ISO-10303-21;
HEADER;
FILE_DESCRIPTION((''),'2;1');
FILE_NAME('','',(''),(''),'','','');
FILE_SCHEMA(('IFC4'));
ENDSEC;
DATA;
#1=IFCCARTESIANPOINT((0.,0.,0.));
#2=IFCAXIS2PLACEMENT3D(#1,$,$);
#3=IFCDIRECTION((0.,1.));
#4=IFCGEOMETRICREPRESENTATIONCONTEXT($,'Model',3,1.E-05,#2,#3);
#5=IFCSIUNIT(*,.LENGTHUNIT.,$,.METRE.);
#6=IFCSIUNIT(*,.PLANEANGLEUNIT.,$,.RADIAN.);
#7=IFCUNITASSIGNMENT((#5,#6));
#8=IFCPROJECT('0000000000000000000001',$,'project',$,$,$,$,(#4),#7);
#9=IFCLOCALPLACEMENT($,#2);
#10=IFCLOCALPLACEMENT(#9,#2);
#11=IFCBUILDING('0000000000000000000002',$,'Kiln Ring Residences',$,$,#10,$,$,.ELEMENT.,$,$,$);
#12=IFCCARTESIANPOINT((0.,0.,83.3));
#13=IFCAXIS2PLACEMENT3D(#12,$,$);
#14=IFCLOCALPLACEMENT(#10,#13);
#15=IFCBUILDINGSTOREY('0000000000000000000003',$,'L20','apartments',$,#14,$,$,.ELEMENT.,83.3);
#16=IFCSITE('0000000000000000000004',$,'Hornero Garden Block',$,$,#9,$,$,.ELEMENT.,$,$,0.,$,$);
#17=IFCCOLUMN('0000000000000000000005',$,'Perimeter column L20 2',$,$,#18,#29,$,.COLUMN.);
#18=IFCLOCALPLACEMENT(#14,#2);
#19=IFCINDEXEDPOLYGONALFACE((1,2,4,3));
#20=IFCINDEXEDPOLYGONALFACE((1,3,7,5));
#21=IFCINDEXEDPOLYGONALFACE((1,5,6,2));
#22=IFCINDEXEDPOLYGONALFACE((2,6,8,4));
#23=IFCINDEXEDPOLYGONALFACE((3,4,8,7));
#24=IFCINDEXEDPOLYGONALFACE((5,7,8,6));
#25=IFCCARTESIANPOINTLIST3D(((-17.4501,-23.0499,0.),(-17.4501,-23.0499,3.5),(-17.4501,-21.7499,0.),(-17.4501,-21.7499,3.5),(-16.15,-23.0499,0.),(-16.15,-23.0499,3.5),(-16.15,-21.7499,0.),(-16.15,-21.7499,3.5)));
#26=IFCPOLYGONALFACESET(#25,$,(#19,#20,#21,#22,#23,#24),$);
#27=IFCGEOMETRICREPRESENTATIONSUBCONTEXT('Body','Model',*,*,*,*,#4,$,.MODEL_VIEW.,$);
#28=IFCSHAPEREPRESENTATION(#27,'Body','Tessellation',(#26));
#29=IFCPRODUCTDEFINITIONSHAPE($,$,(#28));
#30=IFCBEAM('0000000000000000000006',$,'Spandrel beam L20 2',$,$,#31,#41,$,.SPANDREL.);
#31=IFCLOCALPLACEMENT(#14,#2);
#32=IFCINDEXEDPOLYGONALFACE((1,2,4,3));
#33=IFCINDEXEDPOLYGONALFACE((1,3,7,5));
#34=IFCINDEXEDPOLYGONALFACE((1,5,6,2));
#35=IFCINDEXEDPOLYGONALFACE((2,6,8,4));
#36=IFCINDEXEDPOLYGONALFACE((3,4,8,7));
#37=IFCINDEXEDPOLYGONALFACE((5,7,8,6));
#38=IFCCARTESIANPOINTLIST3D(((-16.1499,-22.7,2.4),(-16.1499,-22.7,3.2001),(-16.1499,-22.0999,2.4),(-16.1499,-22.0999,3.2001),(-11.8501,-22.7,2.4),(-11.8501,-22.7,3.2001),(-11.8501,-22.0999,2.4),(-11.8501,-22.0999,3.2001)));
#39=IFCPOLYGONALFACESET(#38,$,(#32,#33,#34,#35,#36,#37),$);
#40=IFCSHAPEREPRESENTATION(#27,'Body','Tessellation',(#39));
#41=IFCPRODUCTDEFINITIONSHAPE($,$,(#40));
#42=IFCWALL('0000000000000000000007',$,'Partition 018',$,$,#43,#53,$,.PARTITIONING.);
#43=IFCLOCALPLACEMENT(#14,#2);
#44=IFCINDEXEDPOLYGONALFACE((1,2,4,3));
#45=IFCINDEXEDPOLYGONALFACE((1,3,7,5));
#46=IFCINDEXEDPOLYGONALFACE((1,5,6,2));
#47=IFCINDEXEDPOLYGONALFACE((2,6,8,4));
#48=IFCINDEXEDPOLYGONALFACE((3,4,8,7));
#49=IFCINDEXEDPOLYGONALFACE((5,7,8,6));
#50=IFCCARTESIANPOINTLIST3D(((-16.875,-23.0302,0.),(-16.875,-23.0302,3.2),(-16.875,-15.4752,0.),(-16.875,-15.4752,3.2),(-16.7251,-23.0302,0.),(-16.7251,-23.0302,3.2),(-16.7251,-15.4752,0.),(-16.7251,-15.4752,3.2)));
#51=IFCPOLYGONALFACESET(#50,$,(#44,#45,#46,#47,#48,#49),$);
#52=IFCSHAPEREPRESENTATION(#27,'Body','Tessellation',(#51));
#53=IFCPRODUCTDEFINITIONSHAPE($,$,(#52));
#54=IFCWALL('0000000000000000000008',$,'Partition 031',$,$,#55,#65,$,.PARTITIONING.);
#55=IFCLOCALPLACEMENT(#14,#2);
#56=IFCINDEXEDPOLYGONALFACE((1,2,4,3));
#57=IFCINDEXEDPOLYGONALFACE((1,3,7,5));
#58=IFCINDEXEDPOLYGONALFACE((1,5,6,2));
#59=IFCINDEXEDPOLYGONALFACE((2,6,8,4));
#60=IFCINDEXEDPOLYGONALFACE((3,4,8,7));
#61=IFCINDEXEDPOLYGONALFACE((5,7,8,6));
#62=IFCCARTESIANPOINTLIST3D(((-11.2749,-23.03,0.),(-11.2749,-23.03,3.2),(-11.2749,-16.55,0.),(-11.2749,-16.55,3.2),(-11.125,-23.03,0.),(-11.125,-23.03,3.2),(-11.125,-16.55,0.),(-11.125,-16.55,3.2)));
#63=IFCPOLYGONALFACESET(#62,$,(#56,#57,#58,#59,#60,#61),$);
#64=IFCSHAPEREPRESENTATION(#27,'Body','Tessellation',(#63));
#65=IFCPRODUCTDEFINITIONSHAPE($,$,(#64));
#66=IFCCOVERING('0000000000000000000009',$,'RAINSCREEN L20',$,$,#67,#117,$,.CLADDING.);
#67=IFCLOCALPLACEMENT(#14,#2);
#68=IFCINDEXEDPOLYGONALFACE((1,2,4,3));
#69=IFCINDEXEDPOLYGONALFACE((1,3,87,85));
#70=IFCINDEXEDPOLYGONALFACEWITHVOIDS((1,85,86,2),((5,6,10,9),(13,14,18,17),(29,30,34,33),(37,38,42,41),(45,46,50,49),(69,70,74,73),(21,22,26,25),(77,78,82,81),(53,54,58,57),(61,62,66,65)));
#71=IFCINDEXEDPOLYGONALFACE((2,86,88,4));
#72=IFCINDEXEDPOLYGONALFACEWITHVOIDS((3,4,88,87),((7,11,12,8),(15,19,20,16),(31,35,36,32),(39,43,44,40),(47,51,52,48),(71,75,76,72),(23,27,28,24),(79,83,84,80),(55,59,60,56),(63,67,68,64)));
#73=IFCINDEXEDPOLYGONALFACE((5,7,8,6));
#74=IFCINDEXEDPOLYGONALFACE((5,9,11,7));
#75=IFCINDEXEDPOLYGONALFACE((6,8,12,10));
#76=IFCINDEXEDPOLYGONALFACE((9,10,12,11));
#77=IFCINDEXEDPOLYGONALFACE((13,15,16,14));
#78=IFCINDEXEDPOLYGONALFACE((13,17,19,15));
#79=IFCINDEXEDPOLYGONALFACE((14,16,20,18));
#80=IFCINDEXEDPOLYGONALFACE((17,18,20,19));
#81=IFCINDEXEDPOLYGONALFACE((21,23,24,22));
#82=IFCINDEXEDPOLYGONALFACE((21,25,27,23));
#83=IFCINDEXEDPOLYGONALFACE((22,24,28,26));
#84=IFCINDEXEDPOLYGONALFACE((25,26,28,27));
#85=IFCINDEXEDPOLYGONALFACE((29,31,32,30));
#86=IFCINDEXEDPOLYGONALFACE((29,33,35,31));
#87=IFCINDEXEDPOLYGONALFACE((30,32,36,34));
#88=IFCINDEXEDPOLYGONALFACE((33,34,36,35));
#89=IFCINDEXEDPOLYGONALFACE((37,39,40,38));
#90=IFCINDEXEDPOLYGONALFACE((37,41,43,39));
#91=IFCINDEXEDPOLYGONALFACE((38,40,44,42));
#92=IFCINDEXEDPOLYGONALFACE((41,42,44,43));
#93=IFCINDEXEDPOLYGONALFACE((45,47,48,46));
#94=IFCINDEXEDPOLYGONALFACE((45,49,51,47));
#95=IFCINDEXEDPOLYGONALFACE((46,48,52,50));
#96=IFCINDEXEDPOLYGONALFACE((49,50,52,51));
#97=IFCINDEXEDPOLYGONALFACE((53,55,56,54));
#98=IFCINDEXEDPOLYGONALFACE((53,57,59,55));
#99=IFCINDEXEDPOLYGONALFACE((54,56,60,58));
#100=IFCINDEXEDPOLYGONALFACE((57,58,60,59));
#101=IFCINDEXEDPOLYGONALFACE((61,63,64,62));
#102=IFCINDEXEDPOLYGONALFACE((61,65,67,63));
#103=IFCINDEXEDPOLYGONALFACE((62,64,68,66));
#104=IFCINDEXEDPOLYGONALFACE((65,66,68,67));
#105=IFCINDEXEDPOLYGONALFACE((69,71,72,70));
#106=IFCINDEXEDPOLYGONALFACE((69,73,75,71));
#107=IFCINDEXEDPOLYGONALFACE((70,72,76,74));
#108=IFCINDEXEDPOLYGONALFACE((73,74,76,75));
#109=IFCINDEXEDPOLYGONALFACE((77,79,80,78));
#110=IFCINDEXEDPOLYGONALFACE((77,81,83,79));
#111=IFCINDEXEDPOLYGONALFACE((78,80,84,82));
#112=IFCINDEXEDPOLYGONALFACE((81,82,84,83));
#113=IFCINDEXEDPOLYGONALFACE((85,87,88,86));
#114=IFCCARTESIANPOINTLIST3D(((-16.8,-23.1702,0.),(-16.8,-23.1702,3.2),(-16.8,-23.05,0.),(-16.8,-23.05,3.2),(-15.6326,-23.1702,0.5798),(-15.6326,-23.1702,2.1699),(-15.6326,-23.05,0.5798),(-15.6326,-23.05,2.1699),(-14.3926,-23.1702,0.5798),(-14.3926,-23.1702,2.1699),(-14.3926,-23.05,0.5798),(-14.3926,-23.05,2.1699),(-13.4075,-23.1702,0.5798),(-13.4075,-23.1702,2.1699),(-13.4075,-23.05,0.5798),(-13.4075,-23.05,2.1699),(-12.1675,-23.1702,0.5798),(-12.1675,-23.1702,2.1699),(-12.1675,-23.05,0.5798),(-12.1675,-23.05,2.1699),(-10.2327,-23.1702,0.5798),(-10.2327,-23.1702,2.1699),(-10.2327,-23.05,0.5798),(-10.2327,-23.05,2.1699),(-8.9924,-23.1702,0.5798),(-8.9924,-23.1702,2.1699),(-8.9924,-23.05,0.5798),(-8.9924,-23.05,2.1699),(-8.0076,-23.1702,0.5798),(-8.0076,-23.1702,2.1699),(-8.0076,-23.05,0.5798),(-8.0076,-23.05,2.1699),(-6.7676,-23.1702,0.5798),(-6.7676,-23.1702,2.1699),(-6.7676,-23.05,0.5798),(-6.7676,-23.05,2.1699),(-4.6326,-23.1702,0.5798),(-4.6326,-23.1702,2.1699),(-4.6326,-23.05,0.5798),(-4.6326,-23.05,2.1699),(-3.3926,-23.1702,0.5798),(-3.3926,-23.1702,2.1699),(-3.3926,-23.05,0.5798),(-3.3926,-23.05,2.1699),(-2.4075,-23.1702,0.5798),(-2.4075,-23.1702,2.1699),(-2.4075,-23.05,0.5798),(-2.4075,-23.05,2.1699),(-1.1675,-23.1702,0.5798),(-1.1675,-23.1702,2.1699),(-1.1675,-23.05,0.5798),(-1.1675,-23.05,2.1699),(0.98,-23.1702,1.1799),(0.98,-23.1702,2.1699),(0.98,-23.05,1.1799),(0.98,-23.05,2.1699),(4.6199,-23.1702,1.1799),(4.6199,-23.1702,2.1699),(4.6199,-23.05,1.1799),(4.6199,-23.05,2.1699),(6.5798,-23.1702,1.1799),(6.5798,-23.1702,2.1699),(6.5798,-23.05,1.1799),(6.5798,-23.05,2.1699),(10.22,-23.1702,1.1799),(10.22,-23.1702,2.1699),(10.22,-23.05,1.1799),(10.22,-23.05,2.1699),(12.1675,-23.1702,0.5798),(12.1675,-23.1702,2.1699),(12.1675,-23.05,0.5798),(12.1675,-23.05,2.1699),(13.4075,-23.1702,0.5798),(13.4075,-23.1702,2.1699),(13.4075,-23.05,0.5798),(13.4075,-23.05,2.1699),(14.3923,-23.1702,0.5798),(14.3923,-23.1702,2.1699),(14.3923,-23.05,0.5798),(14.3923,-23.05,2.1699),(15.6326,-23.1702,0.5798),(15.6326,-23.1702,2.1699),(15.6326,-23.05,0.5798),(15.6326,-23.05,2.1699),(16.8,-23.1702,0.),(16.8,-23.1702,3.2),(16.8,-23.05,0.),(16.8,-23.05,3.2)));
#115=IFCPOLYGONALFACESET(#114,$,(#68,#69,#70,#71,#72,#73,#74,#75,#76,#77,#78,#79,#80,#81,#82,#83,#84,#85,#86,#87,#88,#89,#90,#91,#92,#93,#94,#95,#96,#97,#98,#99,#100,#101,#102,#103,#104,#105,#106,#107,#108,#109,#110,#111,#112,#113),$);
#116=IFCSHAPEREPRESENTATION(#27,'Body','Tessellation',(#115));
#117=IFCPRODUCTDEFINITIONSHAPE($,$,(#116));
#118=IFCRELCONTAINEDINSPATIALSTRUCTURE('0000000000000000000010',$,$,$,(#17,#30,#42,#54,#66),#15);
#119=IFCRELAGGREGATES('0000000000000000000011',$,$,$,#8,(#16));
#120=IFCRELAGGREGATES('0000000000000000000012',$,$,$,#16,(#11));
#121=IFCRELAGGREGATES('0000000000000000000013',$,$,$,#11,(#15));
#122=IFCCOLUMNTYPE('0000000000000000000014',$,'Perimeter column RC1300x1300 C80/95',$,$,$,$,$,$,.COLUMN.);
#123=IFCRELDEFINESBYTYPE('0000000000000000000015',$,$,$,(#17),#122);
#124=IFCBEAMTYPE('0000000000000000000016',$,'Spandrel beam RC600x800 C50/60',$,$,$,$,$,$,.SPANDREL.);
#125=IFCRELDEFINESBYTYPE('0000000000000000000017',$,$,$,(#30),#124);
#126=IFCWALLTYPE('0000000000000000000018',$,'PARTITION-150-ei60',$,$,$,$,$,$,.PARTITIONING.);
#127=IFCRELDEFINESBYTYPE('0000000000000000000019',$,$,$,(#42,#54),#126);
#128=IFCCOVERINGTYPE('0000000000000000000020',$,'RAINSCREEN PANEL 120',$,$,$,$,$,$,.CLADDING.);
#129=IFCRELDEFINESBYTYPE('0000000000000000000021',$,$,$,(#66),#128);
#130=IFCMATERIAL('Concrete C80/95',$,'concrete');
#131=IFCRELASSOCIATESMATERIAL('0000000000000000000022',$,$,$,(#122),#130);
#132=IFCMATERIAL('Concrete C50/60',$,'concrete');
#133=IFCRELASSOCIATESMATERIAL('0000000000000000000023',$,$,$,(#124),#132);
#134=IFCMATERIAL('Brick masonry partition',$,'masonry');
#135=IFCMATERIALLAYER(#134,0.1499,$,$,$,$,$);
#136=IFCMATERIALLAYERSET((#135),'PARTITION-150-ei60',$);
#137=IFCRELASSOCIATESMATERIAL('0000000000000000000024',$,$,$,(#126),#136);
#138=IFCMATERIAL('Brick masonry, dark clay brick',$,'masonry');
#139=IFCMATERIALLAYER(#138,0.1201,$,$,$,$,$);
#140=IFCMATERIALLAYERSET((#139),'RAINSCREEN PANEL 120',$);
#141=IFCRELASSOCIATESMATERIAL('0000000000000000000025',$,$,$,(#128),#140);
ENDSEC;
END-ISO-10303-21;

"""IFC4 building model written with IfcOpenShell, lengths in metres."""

from ifc_helpers import new_model, si_unit, direction, frame, frame_2d, origin, origin_2d, place, context, subcontext, project, spatial, polyline, rectangle, outline, extrude, material, layer, layer_set, material_profile, profile_set, type_object, element, save


model = new_model("IFC4")

# Units and contexts
model_context = context("Model", 3, precision=1e-05, world=origin(), true_north=direction((0.0, 1.0)))
body_context = subcontext(model_context, "Body", "Model", "MODEL_VIEW")
ifc_project = project(units=[si_unit("LENGTHUNIT", "METRE"), si_unit("PLANEANGLEUNIT", "RADIAN")], contexts=[model_context])

# Site, building, storey
site_placement = place(None, origin())
site = spatial("IfcSite", under=ifc_project, at=site_placement, Name="Hornero Garden Block", CompositionType="ELEMENT", RefElevation=0.0)
building_placement = place(site_placement, origin())
building = spatial("IfcBuilding", under=site, at=building_placement, Name="Kiln Ring Residences", CompositionType="ELEMENT")
storey_placement = place(building_placement, frame((0.0, 0.0, 83.3)))
storey = spatial("IfcBuildingStorey", under=building, at=storey_placement, Name="L20", Description="apartments", CompositionType="ELEMENT", Elevation=83.3)

# Column
ifc_material_1 = material(Name="Concrete C80/95", Category="concrete")
ifc_material_profile_1 = material_profile(ifc_material_1, rectangle(XDim=1.3, YDim=1.3, at=origin_2d()), Name="RC1300x1300")
ifc_profile_set_1 = profile_set([ifc_material_profile_1], Name="Concrete C80/95")
column_type = type_object("IfcColumnType", Name="Perimeter column RC1300x1300 C80/95", PredefinedType="COLUMN", material=ifc_profile_set_1)
column_placement = place(storey_placement, frame((-16.8, -22.3999, 0.0), z_axis=(0.0, 0.0, 1.0), x_axis=(1.0, 0.0, 0.0)))
element("IfcColumn", 1, at=column_placement, inside=storey, type_object=column_type, Name="Perimeter column L20 2", PredefinedType="COLUMN", context=body_context, shape_type="SweptSolid", body=[
    extrude(rectangle(XDim=1.3, YDim=1.3, at=origin_2d()), origin(), (0.0, 0.0, 1.0), 3.5),
])

# Beam
ifc_material_2 = material(Name="Concrete C50/60", Category="concrete")
ifc_material_profile_2 = material_profile(ifc_material_2, rectangle(XDim=0.6001, YDim=0.8, at=origin_2d()), Name="RC600x800")
ifc_profile_set_2 = profile_set([ifc_material_profile_2], Name="Concrete C50/60")
beam_type = type_object("IfcBeamType", Name="Spandrel beam RC600x800 C50/60", PredefinedType="SPANDREL", material=ifc_profile_set_2)
beam_placement = place(storey_placement, frame((-16.1499, -22.3999, 2.8), z_axis=(1.0, 0.0, 0.0), x_axis=(0.0, 1.0, 0.0)))
element("IfcBeam", 2, at=beam_placement, inside=storey, type_object=beam_type, Name="Spandrel beam L20 2", PredefinedType="SPANDREL", context=body_context, shape_type="SweptSolid", body=[
    extrude(rectangle(XDim=0.6001, YDim=0.8, at=origin_2d()), origin(), (0.0, 0.0, 1.0), 4.2998),
])

# Walls
ifc_material_3 = material(Name="Brick masonry partition", Category="masonry")
ifc_layer_1 = layer(ifc_material_3, 0.1499)
ifc_layer_set_1 = layer_set([ifc_layer_1], Name="PARTITION-150-ei60")
wall_type = type_object("IfcWallType", Name="PARTITION-150-ei60", PredefinedType="PARTITIONING", material=ifc_layer_set_1)
wall_1_placement = place(storey_placement, frame((-16.8, -23.03, 0.0), z_axis=(0.0, 0.0, 1.0), x_axis=(0.0, 1.0, 0.0)))
element("IfcWall", 3, at=wall_1_placement, inside=storey, type_object=wall_type, Name="Partition 018", PredefinedType="PARTITIONING", context=body_context, shape_type="SweptSolid", body=[
    extrude(rectangle(XDim=7.5549, YDim=0.1499, at=frame_2d((3.7773, 0.0))), origin(), (0.0, 0.0, 1.0), 3.2),
])
wall_2_placement = place(storey_placement, frame((-11.2, -23.03, 0.0), z_axis=(0.0, 0.0, 1.0), x_axis=(0.0, 1.0, 0.0)))
element("IfcWall", 4, at=wall_2_placement, inside=storey, type_object=wall_type, Name="Partition 031", PredefinedType="PARTITIONING", context=body_context, shape_type="SweptSolid", body=[
    extrude(rectangle(XDim=6.48, YDim=0.1499, at=frame_2d((3.24, 0.0))), origin(), (0.0, 0.0, 1.0), 3.2),
])

# Covering
ifc_material_4 = material(Name="Brick masonry, dark clay brick", Category="masonry")
ifc_layer_2 = layer(ifc_material_4, 0.1201)
ifc_layer_set_2 = layer_set([ifc_layer_2], Name="RAINSCREEN PANEL 120")
covering_type = type_object("IfcCoveringType", Name="RAINSCREEN PANEL 120", PredefinedType="CLADDING", material=ifc_layer_set_2)
covering_placement = place(storey_placement, frame((-16.8, -23.1101, 0.0), z_axis=(0.0, 0.0, 1.0), x_axis=(1.0, 0.0, 0.0)))
element("IfcCovering", 5, at=covering_placement, inside=storey, type_object=covering_type, Name="RAINSCREEN L20", PredefinedType="CLADDING", context=body_context, shape_type="SweptSolid", body=[
    extrude(outline(polyline([(0.0, 0.0), (33.6001, 0.0), (33.6001, 3.2), (0.0, 3.2), (0.0, 0.0)]), holes=[polyline([(1.1675, 0.5798), (2.4075, 0.5798), (2.4075, 2.1699), (1.1675, 2.1699), (1.1675, 0.5798)]), polyline([(3.3926, 0.5798), (4.6326, 0.5798), (4.6326, 2.1699), (3.3926, 2.1699), (3.3926, 0.5798)]), polyline([(6.5674, 0.5798), (7.8076, 0.5798), (7.8076, 2.1699), (6.5674, 2.1699), (6.5674, 0.5798)]), polyline([(8.7925, 2.1699), (8.7925, 0.5798), (10.0325, 0.5798), (10.0325, 2.1699), (8.7925, 2.1699)]), polyline([(12.1675, 2.1699), (12.1675, 0.5798), (13.4075, 0.5798), (13.4075, 2.1699), (12.1675, 2.1699)]), polyline([(14.3926, 0.5798), (15.6326, 0.5798), (15.6326, 2.1699), (14.3926, 2.1699), (14.3926, 0.5798)]), polyline([(28.9675, 0.5798), (30.2075, 0.5798), (30.2075, 2.1699), (28.9675, 2.1699), (28.9675, 0.5798)]), polyline([(31.1924, 0.5798), (32.4326, 0.5798), (32.4326, 2.1699), (31.1924, 2.1699), (31.1924, 0.5798)]), polyline([(17.78, 2.1699), (17.78, 1.1799), (21.4199, 1.1799), (21.4199, 2.1699), (17.78, 2.1699)]), polyline([(23.3799, 2.1699), (23.3799, 1.1799), (27.02, 1.1799), (27.02, 2.1699), (23.3799, 2.1699)])]), frame((0.0, 0.0601, 0.0), z_axis=(0.0, -1.0, 0.0), x_axis=(1.0, 0.0, 0.0)), (0.0, 0.0, 1.0), 0.1201),
])

save(model, "model.ifc")
